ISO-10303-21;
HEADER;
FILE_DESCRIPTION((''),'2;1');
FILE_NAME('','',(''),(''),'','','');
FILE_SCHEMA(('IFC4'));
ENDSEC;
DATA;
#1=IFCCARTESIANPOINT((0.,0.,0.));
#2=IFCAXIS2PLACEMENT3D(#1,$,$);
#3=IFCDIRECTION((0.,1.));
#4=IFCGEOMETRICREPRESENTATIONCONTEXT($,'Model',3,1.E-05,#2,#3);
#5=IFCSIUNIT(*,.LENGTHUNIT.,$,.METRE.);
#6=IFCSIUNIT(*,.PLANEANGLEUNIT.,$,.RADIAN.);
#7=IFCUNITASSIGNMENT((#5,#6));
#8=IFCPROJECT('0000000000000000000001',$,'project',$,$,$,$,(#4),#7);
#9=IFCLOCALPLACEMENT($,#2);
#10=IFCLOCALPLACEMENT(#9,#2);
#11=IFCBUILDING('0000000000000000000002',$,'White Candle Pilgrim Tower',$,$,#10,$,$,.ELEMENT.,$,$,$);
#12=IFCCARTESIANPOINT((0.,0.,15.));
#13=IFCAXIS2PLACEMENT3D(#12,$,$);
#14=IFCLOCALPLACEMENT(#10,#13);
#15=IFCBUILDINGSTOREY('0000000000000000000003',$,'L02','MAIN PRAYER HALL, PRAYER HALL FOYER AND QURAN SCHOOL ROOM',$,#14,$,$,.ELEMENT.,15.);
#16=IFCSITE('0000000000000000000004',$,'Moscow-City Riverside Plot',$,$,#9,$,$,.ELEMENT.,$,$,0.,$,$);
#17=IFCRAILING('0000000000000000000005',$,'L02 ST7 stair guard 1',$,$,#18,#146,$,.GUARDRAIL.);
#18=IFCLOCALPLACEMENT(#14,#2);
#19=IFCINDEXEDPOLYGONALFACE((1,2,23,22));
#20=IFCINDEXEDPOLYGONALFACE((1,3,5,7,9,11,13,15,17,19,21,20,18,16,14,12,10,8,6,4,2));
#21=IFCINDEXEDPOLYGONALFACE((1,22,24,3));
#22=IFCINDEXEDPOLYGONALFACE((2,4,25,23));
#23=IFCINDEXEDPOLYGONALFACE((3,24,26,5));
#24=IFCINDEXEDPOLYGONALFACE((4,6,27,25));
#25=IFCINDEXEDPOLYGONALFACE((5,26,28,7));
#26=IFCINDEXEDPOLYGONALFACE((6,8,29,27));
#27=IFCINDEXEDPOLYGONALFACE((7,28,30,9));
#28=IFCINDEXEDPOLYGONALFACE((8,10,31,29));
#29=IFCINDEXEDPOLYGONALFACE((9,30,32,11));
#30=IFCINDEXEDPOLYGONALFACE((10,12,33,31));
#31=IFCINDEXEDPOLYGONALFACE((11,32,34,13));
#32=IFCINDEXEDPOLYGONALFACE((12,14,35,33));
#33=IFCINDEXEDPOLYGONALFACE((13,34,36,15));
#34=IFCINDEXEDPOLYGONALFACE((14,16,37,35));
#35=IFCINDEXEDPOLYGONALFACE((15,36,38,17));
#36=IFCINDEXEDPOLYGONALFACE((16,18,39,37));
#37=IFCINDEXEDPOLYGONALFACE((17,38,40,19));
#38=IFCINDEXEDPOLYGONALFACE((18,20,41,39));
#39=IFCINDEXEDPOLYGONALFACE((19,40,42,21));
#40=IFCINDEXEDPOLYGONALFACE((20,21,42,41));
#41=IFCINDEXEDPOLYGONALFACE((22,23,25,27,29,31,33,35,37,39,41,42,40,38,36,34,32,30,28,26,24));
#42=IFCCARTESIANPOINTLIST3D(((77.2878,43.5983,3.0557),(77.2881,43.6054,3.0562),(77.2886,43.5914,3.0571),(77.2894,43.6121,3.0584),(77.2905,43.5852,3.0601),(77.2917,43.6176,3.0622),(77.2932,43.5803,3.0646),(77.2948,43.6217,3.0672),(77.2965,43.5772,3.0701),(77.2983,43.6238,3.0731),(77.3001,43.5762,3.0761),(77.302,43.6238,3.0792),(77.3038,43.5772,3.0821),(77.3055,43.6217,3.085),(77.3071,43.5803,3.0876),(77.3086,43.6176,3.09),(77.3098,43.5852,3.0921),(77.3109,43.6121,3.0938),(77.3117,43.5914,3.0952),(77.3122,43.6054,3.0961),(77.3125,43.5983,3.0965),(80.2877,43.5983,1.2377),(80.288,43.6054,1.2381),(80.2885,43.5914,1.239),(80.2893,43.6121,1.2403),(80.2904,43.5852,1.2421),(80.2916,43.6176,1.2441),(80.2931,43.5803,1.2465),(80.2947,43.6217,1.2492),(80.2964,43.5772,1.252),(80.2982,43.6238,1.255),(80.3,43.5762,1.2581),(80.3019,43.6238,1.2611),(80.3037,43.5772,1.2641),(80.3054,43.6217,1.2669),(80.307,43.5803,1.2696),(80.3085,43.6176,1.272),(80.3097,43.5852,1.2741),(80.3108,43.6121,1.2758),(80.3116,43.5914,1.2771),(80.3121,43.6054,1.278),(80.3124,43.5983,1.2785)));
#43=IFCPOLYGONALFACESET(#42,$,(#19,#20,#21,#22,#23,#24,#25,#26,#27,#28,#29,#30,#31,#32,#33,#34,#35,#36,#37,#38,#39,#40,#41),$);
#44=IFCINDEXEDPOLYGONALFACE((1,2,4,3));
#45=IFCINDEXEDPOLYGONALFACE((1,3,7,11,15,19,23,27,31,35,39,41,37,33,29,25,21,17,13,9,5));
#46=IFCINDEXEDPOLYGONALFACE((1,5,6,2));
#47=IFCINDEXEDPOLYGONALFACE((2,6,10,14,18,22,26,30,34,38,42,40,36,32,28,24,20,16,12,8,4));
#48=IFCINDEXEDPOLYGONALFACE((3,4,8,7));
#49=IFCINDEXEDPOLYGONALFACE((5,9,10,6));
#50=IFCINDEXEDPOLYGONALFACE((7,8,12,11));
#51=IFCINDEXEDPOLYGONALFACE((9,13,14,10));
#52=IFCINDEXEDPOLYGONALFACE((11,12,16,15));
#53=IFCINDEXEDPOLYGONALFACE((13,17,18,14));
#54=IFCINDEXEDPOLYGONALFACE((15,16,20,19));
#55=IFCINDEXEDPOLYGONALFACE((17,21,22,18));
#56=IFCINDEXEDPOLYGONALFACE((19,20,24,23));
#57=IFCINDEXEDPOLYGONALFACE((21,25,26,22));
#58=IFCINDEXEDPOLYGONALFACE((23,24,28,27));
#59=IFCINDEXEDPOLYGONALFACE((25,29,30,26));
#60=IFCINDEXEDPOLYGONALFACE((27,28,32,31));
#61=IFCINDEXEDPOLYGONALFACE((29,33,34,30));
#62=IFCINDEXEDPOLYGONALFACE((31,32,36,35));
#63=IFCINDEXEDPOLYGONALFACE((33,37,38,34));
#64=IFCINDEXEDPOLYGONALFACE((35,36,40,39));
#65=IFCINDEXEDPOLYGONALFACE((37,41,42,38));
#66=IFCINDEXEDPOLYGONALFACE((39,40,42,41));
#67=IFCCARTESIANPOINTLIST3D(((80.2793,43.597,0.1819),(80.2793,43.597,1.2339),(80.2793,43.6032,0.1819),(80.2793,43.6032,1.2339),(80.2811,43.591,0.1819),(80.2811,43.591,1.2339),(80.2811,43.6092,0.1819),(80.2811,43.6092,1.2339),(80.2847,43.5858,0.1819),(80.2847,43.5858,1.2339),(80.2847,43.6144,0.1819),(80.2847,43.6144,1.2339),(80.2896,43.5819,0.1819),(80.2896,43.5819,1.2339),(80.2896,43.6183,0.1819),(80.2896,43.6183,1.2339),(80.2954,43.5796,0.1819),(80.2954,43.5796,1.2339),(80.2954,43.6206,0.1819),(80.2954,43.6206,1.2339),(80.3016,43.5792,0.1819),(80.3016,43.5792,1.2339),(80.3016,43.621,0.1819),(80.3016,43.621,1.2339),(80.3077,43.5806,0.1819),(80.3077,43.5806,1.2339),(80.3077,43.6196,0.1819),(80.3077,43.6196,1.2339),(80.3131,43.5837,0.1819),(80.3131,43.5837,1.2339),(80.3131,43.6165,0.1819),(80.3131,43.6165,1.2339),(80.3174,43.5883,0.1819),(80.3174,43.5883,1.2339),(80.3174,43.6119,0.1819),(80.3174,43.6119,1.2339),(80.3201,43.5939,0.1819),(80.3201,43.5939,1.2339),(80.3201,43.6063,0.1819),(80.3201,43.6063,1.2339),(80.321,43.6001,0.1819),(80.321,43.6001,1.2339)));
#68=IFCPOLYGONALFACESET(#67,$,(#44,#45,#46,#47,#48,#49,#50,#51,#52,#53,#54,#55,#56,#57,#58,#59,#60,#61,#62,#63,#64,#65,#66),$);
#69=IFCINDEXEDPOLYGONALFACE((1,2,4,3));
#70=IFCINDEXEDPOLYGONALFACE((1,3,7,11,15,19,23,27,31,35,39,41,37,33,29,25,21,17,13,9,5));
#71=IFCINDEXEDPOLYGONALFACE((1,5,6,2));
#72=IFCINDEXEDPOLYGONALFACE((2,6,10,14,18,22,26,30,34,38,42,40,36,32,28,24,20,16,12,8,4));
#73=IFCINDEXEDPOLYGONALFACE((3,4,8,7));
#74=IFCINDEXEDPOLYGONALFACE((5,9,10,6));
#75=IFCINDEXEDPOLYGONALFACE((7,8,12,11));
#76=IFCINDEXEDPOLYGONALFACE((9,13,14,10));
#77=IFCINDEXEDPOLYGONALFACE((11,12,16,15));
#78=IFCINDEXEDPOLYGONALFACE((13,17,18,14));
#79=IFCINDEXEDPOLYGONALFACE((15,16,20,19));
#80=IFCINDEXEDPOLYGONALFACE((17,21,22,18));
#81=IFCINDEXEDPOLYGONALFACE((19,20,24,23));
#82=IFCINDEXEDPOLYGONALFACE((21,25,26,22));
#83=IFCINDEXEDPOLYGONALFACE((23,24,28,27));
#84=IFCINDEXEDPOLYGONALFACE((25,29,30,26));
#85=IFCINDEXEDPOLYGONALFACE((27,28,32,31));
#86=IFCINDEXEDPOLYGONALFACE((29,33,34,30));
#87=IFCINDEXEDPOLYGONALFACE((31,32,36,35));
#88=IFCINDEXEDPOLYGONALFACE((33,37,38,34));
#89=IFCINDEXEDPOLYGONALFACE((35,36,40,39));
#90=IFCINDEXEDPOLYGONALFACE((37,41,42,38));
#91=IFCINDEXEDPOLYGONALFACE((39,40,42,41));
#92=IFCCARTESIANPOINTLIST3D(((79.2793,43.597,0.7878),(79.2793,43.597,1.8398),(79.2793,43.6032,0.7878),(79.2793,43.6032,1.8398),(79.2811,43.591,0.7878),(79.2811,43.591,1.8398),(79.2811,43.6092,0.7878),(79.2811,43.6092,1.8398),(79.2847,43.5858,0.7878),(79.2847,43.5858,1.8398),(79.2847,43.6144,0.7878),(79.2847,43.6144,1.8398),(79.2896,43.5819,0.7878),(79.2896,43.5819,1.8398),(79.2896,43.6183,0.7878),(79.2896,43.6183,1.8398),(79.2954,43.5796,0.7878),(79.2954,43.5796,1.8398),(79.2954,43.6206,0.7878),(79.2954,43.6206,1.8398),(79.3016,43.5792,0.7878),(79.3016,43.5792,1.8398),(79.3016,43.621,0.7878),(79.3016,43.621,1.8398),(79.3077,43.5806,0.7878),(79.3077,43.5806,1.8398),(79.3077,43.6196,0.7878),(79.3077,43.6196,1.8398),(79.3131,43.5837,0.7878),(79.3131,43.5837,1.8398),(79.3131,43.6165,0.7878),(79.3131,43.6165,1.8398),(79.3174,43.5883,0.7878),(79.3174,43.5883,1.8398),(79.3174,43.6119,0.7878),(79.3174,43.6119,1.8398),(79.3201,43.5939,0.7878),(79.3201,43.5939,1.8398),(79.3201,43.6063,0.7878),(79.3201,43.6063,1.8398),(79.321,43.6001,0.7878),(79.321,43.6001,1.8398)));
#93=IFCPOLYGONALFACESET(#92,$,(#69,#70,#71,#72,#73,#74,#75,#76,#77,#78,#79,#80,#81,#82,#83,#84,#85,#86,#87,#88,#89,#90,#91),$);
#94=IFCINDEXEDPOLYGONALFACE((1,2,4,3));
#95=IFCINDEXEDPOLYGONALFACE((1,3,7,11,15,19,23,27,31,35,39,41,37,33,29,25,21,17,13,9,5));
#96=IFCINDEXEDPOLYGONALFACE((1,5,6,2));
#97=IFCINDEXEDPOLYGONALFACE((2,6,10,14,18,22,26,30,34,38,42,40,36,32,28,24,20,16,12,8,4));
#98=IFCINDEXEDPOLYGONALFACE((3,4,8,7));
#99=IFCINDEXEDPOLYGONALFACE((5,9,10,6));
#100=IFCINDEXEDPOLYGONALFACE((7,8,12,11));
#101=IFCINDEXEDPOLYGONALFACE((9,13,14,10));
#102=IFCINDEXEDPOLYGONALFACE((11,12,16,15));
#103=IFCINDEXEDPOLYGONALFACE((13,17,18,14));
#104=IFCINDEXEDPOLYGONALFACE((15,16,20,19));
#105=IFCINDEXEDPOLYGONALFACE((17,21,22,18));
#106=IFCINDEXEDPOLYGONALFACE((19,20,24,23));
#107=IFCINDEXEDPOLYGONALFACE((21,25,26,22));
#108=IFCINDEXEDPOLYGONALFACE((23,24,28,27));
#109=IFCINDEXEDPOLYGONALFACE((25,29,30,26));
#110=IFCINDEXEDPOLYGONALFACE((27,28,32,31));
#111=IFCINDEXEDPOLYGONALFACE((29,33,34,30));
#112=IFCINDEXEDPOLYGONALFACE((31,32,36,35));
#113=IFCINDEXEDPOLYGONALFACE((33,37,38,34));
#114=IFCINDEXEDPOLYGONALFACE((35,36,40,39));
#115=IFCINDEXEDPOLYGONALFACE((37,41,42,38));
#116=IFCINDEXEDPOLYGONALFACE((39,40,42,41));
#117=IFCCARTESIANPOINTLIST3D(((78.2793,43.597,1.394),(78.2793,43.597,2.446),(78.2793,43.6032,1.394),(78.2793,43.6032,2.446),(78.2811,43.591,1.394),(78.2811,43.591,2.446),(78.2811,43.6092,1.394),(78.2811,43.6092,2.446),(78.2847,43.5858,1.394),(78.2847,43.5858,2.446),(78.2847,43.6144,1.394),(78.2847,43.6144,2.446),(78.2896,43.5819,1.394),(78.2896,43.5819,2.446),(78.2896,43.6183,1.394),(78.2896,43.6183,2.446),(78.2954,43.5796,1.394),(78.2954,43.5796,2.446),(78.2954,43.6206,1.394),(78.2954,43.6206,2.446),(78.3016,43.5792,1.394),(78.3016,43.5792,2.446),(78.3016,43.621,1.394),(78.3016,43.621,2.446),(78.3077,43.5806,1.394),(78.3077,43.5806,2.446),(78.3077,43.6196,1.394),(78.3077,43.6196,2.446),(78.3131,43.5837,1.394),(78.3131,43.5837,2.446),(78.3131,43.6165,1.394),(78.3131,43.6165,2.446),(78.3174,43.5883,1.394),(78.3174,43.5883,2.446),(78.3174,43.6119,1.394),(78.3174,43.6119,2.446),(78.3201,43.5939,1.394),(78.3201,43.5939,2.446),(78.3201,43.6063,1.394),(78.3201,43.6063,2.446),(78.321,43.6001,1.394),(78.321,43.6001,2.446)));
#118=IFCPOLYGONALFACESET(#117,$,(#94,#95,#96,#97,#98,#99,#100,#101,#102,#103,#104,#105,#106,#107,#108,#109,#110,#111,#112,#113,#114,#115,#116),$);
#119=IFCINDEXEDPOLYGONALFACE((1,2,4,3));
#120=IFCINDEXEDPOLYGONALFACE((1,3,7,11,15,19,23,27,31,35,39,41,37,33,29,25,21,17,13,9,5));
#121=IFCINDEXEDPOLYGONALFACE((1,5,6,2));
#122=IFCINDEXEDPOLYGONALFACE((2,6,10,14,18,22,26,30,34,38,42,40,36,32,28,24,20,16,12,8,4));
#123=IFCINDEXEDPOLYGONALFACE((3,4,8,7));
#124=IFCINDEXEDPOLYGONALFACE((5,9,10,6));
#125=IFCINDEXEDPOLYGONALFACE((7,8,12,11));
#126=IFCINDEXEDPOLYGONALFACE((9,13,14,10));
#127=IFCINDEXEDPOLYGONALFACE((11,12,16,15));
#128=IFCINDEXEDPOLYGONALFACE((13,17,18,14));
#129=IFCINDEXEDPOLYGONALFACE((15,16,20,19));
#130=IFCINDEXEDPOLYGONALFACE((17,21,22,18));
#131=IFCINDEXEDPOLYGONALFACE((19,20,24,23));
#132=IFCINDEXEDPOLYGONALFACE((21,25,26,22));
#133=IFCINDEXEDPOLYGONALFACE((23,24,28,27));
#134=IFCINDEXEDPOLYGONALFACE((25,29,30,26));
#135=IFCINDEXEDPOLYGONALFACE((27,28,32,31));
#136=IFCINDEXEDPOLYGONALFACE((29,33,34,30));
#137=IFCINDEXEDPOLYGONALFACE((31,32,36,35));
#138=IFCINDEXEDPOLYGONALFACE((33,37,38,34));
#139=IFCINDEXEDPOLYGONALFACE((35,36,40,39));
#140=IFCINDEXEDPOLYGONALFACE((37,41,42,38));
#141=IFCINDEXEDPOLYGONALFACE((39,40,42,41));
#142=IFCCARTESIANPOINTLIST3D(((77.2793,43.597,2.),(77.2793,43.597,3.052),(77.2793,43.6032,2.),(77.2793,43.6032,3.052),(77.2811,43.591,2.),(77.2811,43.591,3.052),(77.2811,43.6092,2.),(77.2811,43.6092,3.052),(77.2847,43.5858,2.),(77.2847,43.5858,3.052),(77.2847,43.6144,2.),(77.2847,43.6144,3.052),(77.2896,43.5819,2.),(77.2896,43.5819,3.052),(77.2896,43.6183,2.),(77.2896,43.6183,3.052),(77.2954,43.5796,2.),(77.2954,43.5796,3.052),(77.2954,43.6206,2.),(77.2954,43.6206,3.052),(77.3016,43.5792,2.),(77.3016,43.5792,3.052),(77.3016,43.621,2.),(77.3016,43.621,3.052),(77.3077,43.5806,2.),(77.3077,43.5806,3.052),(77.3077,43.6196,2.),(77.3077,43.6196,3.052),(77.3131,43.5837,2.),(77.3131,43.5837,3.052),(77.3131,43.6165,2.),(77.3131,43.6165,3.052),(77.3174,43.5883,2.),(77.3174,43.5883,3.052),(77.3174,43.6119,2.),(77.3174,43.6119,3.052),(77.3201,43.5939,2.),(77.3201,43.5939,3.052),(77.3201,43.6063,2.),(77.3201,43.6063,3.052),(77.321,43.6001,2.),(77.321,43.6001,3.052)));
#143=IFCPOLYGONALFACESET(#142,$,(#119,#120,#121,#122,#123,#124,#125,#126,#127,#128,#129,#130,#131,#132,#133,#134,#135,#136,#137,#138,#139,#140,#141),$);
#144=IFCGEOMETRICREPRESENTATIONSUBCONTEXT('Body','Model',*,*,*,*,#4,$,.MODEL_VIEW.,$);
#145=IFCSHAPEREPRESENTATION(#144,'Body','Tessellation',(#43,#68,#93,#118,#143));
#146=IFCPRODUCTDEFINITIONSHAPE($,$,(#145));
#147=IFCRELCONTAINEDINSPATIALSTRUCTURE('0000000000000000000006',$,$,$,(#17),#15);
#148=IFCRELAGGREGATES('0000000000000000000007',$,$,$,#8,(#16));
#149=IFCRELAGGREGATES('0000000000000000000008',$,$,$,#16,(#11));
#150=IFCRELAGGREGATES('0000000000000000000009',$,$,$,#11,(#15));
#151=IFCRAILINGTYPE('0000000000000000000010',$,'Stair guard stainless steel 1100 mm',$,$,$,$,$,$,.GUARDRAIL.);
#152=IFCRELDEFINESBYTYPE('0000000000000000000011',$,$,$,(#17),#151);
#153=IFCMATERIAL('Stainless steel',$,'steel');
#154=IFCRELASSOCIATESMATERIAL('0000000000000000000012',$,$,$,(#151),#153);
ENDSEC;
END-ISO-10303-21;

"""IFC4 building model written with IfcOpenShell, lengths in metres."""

from ifc_helpers import new_model, si_unit, direction, frame, origin, origin_2d, place, context, subcontext, project, spatial, circle, extrude, material, type_object, element, save


model = new_model("IFC4")

# Units and contexts
model_context = context("Model", 3, precision=1e-05, world=origin(), true_north=direction((0.0, 1.0)))
body_context = subcontext(model_context, "Body", "Model", "MODEL_VIEW")
ifc_project = project(units=[si_unit("LENGTHUNIT", "METRE"), si_unit("PLANEANGLEUNIT", "RADIAN")], contexts=[model_context])

# Site, building, storey
site_placement = place(None, origin())
site = spatial("IfcSite", under=ifc_project, at=site_placement, Name="Moscow-City Riverside Plot", CompositionType="ELEMENT", RefElevation=0.0)
building_placement = place(site_placement, origin())
building = spatial("IfcBuilding", under=site, at=building_placement, Name="White Candle Pilgrim Tower", CompositionType="ELEMENT")
storey_placement = place(building_placement, frame((0.0, 0.0, 15.0)))
storey = spatial("IfcBuildingStorey", under=building, at=storey_placement, Name="L02", Description="MAIN PRAYER HALL, PRAYER HALL FOYER AND QURAN SCHOOL ROOM", CompositionType="ELEMENT", Elevation=15.0)

# Railing
ifc_material_1 = material(Name="Stainless steel", Category="steel")
railing_type_1 = type_object("IfcRailingType", Name="Stair guard stainless steel 1100 mm", PredefinedType="GUARDRAIL", material=ifc_material_1)
railing_1_placement = place(storey_placement, frame((80.3, 43.6001, 0.1819)))
element("IfcRailing", 1, at=railing_1_placement, inside=storey, type_object=railing_type_1, Name="L02 ST7 stair guard 1", PredefinedType="GUARDRAIL", context=body_context, shape_type="SweptSolid", body=[
    extrude(circle(Radius=0.0239, at=origin_2d()), frame((0.0, 0.0, 1.0762), z_axis=(-0.855206, 0.0, 0.518288), x_axis=(0.0, -1.0, 0.0)), (0.0, 0.0, 1.0), 3.5078),
    extrude(circle(Radius=0.021, at=origin_2d()), origin(), (0.0, 0.0, 1.0), 1.052),
    extrude(circle(Radius=0.021, at=origin_2d()), frame((-1.0, 0.0, 0.606)), (0.0, 0.0, 1.0), 1.052),
    extrude(circle(Radius=0.021, at=origin_2d()), frame((-2.0, 0.0, 1.2122)), (0.0, 0.0, 1.0), 1.052),
    extrude(circle(Radius=0.021, at=origin_2d()), frame((-3.0, 0.0, 1.8181)), (0.0, 0.0, 1.0), 1.052),
])

save(model, "model.ifc")
